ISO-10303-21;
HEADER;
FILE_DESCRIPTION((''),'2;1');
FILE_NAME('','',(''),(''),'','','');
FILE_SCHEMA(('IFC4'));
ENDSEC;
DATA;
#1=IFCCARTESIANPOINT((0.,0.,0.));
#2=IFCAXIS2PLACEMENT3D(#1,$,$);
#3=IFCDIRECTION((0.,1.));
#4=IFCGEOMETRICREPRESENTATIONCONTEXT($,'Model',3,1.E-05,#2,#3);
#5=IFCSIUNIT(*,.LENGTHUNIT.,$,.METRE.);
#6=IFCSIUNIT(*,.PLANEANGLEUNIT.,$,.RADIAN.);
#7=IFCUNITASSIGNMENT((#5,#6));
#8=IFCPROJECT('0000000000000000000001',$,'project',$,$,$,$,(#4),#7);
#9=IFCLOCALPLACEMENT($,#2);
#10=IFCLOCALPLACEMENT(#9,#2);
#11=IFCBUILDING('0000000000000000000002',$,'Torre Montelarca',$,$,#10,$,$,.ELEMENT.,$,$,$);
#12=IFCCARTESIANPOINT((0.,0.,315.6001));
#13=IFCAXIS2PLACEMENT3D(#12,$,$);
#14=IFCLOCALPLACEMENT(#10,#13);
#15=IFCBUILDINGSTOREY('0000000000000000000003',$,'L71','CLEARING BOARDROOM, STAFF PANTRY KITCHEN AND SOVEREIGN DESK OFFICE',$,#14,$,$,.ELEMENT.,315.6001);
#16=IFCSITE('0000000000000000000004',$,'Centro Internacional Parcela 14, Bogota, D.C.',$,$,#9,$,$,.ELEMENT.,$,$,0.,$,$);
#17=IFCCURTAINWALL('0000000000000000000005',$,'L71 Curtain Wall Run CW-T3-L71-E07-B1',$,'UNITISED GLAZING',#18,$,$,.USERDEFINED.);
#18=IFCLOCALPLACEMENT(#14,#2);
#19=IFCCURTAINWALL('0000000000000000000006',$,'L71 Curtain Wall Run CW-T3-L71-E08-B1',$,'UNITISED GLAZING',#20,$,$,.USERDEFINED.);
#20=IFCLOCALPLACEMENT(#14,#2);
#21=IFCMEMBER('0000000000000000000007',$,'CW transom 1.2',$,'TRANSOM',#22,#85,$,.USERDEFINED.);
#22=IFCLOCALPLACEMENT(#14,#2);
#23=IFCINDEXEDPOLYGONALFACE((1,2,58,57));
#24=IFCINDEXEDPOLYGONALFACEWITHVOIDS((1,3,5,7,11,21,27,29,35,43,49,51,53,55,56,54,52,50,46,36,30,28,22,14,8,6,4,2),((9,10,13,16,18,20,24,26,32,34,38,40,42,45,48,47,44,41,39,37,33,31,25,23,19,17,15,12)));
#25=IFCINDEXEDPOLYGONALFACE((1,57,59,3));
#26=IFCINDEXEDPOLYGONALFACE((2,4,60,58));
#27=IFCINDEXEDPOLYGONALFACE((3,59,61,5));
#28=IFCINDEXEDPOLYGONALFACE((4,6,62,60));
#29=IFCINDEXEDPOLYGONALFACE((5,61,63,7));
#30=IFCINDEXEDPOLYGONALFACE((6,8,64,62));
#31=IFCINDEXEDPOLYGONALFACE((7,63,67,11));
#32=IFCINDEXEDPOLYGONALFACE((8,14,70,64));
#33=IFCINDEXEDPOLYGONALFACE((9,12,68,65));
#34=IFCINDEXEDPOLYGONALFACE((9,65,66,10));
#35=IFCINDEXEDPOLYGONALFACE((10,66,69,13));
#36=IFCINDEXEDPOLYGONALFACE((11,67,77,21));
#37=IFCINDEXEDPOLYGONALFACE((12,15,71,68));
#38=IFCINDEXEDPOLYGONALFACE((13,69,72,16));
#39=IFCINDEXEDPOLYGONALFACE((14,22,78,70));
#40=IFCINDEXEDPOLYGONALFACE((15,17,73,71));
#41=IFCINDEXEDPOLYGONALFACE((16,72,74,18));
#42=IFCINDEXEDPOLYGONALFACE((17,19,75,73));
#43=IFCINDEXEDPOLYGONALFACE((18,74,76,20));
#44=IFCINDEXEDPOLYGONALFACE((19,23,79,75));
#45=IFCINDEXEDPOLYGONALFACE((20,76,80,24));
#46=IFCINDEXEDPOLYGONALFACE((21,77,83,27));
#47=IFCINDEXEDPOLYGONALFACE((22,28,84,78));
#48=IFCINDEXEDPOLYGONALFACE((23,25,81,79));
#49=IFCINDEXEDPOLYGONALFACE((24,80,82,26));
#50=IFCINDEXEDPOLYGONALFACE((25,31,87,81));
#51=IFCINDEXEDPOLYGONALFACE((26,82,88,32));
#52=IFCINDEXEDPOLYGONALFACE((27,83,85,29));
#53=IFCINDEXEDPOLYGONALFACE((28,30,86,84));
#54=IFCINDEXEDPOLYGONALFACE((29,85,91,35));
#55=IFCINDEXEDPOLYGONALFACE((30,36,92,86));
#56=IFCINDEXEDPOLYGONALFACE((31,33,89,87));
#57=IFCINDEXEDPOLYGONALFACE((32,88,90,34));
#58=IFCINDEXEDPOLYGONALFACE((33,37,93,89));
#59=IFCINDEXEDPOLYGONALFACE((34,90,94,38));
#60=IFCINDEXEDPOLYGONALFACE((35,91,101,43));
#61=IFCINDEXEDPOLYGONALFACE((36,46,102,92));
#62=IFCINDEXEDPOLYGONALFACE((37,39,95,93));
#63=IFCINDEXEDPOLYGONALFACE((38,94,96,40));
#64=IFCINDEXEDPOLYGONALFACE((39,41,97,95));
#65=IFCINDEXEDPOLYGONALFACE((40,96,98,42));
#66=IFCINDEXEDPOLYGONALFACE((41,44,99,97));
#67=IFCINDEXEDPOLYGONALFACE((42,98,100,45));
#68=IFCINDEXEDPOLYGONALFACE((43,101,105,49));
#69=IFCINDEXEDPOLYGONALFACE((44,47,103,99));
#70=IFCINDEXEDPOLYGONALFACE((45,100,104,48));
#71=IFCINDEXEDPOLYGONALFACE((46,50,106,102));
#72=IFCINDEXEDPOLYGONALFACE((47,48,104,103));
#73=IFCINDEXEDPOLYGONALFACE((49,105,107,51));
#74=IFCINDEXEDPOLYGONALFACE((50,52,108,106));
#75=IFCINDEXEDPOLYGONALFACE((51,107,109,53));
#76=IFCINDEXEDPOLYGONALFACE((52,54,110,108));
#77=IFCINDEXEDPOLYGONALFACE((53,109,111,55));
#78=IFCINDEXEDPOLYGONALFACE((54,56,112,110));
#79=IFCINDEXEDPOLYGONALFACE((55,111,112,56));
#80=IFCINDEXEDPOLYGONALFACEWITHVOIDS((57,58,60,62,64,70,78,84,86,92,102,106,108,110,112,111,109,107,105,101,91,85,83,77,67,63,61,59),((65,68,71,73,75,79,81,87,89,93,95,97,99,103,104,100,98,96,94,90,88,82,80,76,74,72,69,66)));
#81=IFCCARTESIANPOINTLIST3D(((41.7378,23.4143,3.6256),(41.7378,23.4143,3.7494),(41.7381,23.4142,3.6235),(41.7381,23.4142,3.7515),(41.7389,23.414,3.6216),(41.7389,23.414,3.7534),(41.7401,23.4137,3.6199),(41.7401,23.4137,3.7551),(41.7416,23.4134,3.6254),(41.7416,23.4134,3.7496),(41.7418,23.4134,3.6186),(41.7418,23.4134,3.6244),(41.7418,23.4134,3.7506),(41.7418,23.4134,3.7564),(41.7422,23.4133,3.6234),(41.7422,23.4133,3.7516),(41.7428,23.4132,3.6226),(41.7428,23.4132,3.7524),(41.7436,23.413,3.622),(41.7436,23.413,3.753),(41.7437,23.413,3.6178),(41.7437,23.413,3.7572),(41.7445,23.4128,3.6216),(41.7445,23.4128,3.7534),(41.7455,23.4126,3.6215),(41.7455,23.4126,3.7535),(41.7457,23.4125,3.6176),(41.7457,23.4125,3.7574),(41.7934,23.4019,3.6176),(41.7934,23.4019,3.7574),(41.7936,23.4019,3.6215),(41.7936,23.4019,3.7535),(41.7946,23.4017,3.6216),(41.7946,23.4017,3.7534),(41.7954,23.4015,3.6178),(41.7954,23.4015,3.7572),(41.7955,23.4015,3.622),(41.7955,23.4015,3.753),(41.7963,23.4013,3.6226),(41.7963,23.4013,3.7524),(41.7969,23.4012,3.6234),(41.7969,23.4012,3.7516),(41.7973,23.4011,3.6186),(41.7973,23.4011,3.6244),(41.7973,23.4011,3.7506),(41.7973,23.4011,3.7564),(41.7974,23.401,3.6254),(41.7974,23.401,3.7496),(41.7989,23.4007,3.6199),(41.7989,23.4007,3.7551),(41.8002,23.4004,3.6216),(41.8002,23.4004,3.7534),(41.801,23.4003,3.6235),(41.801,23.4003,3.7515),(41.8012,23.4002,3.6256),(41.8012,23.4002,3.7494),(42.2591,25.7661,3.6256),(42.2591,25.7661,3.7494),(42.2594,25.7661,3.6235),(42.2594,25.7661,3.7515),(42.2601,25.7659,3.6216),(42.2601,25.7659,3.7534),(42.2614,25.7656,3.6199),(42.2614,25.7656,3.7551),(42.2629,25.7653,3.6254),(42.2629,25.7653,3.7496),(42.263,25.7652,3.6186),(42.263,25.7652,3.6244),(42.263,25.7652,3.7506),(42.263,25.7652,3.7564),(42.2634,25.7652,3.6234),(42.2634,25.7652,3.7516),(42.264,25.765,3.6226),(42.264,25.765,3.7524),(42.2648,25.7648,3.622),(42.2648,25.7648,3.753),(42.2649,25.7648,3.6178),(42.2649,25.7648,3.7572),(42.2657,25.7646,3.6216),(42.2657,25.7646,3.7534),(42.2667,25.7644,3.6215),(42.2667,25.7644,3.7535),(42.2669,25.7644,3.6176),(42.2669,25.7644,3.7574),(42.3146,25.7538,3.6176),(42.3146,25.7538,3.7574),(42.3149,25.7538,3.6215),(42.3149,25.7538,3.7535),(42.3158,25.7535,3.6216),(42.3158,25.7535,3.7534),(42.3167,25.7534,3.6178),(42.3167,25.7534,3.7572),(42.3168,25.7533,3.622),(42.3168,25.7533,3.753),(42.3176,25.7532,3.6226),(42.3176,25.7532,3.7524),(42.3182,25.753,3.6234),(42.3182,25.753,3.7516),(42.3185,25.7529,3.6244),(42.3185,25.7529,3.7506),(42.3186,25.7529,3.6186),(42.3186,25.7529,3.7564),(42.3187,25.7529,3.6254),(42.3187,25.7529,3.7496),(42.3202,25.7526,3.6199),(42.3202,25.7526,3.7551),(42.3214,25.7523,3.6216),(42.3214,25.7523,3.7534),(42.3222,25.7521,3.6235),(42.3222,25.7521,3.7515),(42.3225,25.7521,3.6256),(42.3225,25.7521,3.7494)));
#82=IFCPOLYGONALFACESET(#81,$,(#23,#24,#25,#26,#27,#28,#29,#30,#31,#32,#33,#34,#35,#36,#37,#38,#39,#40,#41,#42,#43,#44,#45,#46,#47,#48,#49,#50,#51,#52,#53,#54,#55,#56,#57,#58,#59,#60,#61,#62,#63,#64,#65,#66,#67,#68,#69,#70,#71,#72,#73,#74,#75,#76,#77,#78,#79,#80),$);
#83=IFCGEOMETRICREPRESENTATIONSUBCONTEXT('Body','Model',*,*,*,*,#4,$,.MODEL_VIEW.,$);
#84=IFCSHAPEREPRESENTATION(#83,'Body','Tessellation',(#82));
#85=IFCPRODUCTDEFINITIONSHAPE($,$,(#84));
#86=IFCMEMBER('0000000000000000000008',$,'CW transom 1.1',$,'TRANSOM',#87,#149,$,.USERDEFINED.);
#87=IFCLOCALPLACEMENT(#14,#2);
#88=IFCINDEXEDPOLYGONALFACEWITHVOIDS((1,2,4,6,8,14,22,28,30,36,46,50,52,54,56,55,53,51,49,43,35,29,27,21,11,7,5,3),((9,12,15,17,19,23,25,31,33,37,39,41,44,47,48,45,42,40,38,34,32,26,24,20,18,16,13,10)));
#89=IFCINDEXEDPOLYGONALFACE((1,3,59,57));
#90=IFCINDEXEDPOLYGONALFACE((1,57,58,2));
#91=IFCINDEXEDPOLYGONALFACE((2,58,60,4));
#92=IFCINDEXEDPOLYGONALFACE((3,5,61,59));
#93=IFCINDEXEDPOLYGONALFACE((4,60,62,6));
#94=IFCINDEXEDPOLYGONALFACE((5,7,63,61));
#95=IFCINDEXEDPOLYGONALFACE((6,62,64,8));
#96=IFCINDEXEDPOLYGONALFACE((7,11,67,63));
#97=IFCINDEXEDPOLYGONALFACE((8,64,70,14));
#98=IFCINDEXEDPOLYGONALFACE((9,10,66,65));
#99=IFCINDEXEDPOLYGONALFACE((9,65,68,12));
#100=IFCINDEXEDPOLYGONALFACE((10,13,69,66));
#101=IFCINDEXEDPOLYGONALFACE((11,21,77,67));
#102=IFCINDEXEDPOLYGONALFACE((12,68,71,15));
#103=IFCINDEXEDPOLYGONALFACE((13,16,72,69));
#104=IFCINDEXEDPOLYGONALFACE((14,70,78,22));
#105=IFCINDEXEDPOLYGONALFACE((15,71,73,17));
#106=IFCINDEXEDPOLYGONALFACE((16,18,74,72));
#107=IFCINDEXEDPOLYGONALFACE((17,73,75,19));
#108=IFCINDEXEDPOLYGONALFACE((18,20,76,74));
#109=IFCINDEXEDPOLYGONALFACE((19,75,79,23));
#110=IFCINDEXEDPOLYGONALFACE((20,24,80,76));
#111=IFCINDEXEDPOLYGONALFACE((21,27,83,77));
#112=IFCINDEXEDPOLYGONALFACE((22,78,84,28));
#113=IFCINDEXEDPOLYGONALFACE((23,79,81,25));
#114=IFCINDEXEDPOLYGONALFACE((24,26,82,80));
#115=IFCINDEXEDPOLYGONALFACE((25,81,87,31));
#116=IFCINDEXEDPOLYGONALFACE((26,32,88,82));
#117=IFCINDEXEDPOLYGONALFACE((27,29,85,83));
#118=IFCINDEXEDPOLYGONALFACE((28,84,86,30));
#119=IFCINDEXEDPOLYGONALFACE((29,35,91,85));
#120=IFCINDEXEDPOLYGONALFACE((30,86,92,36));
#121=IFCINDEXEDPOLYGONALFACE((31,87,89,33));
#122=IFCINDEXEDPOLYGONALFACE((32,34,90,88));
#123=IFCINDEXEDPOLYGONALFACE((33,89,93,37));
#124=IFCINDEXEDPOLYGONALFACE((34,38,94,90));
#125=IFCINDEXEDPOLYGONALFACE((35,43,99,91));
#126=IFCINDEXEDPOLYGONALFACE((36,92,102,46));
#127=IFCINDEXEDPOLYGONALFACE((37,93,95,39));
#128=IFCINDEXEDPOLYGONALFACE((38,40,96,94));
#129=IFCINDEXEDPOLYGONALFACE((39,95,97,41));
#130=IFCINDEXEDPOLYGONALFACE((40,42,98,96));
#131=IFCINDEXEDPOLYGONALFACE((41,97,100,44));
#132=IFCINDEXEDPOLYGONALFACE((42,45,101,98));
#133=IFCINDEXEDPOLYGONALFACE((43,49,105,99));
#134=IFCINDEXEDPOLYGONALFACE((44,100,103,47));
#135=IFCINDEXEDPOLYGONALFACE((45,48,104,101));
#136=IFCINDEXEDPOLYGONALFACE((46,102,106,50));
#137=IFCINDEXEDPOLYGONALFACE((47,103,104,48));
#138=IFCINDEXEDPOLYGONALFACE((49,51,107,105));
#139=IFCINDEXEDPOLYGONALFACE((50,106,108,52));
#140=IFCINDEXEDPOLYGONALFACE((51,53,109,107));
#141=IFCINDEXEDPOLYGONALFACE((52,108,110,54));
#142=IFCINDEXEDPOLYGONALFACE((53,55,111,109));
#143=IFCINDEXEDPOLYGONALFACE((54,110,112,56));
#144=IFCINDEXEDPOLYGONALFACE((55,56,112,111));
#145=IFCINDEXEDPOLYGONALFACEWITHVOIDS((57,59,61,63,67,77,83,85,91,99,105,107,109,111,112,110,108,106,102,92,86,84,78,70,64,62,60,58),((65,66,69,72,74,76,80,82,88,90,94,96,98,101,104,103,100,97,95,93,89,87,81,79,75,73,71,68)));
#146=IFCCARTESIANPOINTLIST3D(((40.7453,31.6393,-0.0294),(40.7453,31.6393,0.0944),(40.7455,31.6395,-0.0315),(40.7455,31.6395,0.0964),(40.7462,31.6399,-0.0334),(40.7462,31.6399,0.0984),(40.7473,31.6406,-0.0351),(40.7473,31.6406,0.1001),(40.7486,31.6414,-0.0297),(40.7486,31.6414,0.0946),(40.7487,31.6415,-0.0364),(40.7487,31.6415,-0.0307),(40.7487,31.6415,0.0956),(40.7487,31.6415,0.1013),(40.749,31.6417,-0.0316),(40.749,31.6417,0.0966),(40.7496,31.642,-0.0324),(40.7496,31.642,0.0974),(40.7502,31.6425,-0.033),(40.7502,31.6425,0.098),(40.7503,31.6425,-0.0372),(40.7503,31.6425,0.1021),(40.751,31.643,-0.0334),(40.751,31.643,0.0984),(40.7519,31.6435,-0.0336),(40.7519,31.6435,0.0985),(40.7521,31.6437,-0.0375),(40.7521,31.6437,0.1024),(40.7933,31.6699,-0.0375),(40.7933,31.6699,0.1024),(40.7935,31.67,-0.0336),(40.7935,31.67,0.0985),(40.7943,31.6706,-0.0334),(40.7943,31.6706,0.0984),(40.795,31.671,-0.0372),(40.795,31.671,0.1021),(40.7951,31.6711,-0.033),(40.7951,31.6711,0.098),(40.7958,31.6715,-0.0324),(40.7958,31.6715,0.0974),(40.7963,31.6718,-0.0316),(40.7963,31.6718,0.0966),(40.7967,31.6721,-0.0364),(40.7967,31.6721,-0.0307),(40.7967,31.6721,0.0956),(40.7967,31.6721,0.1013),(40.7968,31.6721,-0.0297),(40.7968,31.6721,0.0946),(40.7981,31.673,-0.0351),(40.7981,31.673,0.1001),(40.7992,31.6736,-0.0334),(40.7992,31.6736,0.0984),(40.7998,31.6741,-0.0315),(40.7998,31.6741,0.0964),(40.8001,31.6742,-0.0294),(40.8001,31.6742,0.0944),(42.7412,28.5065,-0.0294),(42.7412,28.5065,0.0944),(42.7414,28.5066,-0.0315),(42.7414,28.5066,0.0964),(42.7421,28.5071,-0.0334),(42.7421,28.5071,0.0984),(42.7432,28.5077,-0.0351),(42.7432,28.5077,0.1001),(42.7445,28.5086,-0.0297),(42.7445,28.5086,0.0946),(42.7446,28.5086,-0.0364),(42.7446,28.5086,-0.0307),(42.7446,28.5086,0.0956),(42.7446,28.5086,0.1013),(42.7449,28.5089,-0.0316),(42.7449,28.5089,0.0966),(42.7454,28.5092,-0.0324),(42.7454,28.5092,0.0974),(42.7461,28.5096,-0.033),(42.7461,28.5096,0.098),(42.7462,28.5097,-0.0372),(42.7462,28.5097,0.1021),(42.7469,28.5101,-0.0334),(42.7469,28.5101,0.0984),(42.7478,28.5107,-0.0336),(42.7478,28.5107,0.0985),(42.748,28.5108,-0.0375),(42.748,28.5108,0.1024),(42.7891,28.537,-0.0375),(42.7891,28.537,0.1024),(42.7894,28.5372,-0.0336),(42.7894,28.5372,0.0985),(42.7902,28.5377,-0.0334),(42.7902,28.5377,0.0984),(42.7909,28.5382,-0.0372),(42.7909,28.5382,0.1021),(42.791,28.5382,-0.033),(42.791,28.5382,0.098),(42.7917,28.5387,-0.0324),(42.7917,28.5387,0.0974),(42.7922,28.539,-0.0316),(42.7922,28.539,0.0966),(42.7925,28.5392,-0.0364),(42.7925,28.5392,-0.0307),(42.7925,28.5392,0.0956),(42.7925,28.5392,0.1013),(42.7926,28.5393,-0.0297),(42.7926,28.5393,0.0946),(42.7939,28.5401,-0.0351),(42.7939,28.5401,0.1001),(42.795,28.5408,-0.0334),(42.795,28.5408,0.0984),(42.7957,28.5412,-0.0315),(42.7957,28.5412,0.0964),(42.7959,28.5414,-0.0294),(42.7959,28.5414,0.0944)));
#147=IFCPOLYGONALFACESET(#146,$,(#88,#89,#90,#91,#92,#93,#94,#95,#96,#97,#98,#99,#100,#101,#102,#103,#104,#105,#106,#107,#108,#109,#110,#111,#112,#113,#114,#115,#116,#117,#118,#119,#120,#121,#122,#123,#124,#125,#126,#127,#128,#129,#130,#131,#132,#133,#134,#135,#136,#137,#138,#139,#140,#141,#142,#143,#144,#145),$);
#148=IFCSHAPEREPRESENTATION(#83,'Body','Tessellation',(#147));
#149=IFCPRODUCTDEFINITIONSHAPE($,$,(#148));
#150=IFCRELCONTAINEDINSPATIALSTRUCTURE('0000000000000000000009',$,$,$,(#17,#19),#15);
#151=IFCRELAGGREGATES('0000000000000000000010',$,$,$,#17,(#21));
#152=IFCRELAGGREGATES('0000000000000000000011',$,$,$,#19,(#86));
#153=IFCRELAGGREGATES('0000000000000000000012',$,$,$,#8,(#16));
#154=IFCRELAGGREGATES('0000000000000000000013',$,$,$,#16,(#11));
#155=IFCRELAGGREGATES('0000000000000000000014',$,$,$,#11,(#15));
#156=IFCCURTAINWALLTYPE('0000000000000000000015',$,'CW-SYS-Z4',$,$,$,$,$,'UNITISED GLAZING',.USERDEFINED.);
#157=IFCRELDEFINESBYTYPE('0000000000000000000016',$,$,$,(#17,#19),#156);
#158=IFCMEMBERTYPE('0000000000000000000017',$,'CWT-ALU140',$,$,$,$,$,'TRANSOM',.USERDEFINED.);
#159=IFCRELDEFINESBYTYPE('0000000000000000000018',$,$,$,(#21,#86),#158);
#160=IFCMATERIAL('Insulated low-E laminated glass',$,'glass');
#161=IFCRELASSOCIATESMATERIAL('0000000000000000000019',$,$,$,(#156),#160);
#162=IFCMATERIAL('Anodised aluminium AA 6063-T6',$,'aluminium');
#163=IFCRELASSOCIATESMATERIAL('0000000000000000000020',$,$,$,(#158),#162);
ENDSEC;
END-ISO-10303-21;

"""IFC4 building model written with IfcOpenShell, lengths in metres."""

from ifc_helpers import new_model, si_unit, direction, frame, origin, origin_2d, place, context, subcontext, project, spatial, hollow_rectangle, extrude, source, transform, mapped, material, material_profile, profile_set, type_object, element, aggregate, save


model = new_model("IFC4")

# Units and contexts
model_context = context("Model", 3, precision=1e-05, world=origin(), true_north=direction((0.0, 1.0)))
body_context = subcontext(model_context, "Body", "Model", "MODEL_VIEW")
ifc_project = project(units=[si_unit("LENGTHUNIT", "METRE"), si_unit("PLANEANGLEUNIT", "RADIAN")], contexts=[model_context])

# Site, building, storey
site_placement = place(None, origin())
site = spatial("IfcSite", under=ifc_project, at=site_placement, Name="Centro Internacional Parcela 14, Bogota, D.C.", CompositionType="ELEMENT", RefElevation=0.0)
building_placement = place(site_placement, origin())
building = spatial("IfcBuilding", under=site, at=building_placement, Name="Torre Montelarca", CompositionType="ELEMENT")
storey_placement = place(building_placement, frame((0.0, 0.0, 315.6001)))
storey = spatial("IfcBuildingStorey", under=building, at=storey_placement, Name="L71", Description="CLEARING BOARDROOM, STAFF PANTRY KITCHEN AND SOVEREIGN DESK OFFICE", CompositionType="ELEMENT", Elevation=315.6001)

# Curtain walls
ifc_material_1 = material(Name="Insulated low-E laminated glass", Category="glass")
curtain_wall_type = type_object("IfcCurtainWallType", Name="CW-SYS-Z4", ElementType="UNITISED GLAZING", PredefinedType="USERDEFINED", material=ifc_material_1)
ifc_material_2 = material(Name="Anodised aluminium AA 6063-T6", Category="aluminium")
curtain_wall_1_placement = place(storey_placement, origin())
curtain_wall_1 = element("IfcCurtainWall", 1, at=curtain_wall_1_placement, inside=storey, type_object=curtain_wall_type, Name="L71 Curtain Wall Run CW-T3-L71-E07-B1", ObjectType="UNITISED GLAZING", PredefinedType="USERDEFINED")
curtain_wall_2_placement = place(storey_placement, origin())
curtain_wall_2 = element("IfcCurtainWall", 2, at=curtain_wall_2_placement, inside=storey, type_object=curtain_wall_type, Name="L71 Curtain Wall Run CW-T3-L71-E08-B1", ObjectType="UNITISED GLAZING", PredefinedType="USERDEFINED")

# Members
ifc_material_profile_1 = material_profile(ifc_material_2, hollow_rectangle(XDim=0.0649, YDim=0.1399, WallThickness=0.0039, InnerFilletRadius=0.0039, OuterFilletRadius=0.0081, at=origin_2d()), Name="ALU65X140X4", Category="aluminium")
ifc_profile_set_1 = profile_set([ifc_material_profile_1], Name="Anodised aluminium AA 6063-T6")
member_type_1 = type_object("IfcMemberType", Name="CWT-ALU140", ElementType="TRANSOM", PredefinedType="USERDEFINED", material=ifc_profile_set_1)
shared_shape_1 = source(origin(), body_context, "Body", "SweptSolid", [
    extrude(hollow_rectangle(XDim=0.0649, YDim=0.1399, WallThickness=0.0039, InnerFilletRadius=0.0039, OuterFilletRadius=0.0081, at=origin_2d()), origin(), (0.0, 0.0, 1.0), 2.4089),
])
member_1_placement = place(storey_placement, frame((41.7695, 23.4072, 3.6875), z_axis=(0.216383, 0.976309, 0.0), x_axis=(-0.976309, 0.216383, 0.0)))
member_1 = element("IfcMember", 3, at=member_1_placement, type_object=member_type_1, Name="CW transom 1.2", ObjectType="TRANSOM", PredefinedType="USERDEFINED", context=body_context, shape_type="MappedRepresentation", body=[
    mapped(shared_shape_1, transform((0.0, 0.0, 0.0), scale=1.0)),
])
shared_shape_2 = source(origin(), body_context, "Body", "SweptSolid", [
    extrude(hollow_rectangle(XDim=0.0649, YDim=0.1399, WallThickness=0.0039, InnerFilletRadius=0.0039, OuterFilletRadius=0.0081, at=origin_2d()), origin(), (0.0, 0.0, 1.0), 3.7146),
])
member_2_placement = place(storey_placement, frame((42.7686, 28.5239, 0.0325), z_axis=(-0.537305, 0.843388, 0.0), x_axis=(-0.843388, -0.537305, 0.0)))
member_2 = element("IfcMember", 4, at=member_2_placement, type_object=member_type_1, Name="CW transom 1.1", ObjectType="TRANSOM", PredefinedType="USERDEFINED", context=body_context, shape_type="MappedRepresentation", body=[
    mapped(shared_shape_2, transform((0.0, 0.0, 0.0), scale=1.0)),
])

aggregate(curtain_wall_1, [member_1])
aggregate(curtain_wall_2, [member_2])

save(model, "model.ifc")
